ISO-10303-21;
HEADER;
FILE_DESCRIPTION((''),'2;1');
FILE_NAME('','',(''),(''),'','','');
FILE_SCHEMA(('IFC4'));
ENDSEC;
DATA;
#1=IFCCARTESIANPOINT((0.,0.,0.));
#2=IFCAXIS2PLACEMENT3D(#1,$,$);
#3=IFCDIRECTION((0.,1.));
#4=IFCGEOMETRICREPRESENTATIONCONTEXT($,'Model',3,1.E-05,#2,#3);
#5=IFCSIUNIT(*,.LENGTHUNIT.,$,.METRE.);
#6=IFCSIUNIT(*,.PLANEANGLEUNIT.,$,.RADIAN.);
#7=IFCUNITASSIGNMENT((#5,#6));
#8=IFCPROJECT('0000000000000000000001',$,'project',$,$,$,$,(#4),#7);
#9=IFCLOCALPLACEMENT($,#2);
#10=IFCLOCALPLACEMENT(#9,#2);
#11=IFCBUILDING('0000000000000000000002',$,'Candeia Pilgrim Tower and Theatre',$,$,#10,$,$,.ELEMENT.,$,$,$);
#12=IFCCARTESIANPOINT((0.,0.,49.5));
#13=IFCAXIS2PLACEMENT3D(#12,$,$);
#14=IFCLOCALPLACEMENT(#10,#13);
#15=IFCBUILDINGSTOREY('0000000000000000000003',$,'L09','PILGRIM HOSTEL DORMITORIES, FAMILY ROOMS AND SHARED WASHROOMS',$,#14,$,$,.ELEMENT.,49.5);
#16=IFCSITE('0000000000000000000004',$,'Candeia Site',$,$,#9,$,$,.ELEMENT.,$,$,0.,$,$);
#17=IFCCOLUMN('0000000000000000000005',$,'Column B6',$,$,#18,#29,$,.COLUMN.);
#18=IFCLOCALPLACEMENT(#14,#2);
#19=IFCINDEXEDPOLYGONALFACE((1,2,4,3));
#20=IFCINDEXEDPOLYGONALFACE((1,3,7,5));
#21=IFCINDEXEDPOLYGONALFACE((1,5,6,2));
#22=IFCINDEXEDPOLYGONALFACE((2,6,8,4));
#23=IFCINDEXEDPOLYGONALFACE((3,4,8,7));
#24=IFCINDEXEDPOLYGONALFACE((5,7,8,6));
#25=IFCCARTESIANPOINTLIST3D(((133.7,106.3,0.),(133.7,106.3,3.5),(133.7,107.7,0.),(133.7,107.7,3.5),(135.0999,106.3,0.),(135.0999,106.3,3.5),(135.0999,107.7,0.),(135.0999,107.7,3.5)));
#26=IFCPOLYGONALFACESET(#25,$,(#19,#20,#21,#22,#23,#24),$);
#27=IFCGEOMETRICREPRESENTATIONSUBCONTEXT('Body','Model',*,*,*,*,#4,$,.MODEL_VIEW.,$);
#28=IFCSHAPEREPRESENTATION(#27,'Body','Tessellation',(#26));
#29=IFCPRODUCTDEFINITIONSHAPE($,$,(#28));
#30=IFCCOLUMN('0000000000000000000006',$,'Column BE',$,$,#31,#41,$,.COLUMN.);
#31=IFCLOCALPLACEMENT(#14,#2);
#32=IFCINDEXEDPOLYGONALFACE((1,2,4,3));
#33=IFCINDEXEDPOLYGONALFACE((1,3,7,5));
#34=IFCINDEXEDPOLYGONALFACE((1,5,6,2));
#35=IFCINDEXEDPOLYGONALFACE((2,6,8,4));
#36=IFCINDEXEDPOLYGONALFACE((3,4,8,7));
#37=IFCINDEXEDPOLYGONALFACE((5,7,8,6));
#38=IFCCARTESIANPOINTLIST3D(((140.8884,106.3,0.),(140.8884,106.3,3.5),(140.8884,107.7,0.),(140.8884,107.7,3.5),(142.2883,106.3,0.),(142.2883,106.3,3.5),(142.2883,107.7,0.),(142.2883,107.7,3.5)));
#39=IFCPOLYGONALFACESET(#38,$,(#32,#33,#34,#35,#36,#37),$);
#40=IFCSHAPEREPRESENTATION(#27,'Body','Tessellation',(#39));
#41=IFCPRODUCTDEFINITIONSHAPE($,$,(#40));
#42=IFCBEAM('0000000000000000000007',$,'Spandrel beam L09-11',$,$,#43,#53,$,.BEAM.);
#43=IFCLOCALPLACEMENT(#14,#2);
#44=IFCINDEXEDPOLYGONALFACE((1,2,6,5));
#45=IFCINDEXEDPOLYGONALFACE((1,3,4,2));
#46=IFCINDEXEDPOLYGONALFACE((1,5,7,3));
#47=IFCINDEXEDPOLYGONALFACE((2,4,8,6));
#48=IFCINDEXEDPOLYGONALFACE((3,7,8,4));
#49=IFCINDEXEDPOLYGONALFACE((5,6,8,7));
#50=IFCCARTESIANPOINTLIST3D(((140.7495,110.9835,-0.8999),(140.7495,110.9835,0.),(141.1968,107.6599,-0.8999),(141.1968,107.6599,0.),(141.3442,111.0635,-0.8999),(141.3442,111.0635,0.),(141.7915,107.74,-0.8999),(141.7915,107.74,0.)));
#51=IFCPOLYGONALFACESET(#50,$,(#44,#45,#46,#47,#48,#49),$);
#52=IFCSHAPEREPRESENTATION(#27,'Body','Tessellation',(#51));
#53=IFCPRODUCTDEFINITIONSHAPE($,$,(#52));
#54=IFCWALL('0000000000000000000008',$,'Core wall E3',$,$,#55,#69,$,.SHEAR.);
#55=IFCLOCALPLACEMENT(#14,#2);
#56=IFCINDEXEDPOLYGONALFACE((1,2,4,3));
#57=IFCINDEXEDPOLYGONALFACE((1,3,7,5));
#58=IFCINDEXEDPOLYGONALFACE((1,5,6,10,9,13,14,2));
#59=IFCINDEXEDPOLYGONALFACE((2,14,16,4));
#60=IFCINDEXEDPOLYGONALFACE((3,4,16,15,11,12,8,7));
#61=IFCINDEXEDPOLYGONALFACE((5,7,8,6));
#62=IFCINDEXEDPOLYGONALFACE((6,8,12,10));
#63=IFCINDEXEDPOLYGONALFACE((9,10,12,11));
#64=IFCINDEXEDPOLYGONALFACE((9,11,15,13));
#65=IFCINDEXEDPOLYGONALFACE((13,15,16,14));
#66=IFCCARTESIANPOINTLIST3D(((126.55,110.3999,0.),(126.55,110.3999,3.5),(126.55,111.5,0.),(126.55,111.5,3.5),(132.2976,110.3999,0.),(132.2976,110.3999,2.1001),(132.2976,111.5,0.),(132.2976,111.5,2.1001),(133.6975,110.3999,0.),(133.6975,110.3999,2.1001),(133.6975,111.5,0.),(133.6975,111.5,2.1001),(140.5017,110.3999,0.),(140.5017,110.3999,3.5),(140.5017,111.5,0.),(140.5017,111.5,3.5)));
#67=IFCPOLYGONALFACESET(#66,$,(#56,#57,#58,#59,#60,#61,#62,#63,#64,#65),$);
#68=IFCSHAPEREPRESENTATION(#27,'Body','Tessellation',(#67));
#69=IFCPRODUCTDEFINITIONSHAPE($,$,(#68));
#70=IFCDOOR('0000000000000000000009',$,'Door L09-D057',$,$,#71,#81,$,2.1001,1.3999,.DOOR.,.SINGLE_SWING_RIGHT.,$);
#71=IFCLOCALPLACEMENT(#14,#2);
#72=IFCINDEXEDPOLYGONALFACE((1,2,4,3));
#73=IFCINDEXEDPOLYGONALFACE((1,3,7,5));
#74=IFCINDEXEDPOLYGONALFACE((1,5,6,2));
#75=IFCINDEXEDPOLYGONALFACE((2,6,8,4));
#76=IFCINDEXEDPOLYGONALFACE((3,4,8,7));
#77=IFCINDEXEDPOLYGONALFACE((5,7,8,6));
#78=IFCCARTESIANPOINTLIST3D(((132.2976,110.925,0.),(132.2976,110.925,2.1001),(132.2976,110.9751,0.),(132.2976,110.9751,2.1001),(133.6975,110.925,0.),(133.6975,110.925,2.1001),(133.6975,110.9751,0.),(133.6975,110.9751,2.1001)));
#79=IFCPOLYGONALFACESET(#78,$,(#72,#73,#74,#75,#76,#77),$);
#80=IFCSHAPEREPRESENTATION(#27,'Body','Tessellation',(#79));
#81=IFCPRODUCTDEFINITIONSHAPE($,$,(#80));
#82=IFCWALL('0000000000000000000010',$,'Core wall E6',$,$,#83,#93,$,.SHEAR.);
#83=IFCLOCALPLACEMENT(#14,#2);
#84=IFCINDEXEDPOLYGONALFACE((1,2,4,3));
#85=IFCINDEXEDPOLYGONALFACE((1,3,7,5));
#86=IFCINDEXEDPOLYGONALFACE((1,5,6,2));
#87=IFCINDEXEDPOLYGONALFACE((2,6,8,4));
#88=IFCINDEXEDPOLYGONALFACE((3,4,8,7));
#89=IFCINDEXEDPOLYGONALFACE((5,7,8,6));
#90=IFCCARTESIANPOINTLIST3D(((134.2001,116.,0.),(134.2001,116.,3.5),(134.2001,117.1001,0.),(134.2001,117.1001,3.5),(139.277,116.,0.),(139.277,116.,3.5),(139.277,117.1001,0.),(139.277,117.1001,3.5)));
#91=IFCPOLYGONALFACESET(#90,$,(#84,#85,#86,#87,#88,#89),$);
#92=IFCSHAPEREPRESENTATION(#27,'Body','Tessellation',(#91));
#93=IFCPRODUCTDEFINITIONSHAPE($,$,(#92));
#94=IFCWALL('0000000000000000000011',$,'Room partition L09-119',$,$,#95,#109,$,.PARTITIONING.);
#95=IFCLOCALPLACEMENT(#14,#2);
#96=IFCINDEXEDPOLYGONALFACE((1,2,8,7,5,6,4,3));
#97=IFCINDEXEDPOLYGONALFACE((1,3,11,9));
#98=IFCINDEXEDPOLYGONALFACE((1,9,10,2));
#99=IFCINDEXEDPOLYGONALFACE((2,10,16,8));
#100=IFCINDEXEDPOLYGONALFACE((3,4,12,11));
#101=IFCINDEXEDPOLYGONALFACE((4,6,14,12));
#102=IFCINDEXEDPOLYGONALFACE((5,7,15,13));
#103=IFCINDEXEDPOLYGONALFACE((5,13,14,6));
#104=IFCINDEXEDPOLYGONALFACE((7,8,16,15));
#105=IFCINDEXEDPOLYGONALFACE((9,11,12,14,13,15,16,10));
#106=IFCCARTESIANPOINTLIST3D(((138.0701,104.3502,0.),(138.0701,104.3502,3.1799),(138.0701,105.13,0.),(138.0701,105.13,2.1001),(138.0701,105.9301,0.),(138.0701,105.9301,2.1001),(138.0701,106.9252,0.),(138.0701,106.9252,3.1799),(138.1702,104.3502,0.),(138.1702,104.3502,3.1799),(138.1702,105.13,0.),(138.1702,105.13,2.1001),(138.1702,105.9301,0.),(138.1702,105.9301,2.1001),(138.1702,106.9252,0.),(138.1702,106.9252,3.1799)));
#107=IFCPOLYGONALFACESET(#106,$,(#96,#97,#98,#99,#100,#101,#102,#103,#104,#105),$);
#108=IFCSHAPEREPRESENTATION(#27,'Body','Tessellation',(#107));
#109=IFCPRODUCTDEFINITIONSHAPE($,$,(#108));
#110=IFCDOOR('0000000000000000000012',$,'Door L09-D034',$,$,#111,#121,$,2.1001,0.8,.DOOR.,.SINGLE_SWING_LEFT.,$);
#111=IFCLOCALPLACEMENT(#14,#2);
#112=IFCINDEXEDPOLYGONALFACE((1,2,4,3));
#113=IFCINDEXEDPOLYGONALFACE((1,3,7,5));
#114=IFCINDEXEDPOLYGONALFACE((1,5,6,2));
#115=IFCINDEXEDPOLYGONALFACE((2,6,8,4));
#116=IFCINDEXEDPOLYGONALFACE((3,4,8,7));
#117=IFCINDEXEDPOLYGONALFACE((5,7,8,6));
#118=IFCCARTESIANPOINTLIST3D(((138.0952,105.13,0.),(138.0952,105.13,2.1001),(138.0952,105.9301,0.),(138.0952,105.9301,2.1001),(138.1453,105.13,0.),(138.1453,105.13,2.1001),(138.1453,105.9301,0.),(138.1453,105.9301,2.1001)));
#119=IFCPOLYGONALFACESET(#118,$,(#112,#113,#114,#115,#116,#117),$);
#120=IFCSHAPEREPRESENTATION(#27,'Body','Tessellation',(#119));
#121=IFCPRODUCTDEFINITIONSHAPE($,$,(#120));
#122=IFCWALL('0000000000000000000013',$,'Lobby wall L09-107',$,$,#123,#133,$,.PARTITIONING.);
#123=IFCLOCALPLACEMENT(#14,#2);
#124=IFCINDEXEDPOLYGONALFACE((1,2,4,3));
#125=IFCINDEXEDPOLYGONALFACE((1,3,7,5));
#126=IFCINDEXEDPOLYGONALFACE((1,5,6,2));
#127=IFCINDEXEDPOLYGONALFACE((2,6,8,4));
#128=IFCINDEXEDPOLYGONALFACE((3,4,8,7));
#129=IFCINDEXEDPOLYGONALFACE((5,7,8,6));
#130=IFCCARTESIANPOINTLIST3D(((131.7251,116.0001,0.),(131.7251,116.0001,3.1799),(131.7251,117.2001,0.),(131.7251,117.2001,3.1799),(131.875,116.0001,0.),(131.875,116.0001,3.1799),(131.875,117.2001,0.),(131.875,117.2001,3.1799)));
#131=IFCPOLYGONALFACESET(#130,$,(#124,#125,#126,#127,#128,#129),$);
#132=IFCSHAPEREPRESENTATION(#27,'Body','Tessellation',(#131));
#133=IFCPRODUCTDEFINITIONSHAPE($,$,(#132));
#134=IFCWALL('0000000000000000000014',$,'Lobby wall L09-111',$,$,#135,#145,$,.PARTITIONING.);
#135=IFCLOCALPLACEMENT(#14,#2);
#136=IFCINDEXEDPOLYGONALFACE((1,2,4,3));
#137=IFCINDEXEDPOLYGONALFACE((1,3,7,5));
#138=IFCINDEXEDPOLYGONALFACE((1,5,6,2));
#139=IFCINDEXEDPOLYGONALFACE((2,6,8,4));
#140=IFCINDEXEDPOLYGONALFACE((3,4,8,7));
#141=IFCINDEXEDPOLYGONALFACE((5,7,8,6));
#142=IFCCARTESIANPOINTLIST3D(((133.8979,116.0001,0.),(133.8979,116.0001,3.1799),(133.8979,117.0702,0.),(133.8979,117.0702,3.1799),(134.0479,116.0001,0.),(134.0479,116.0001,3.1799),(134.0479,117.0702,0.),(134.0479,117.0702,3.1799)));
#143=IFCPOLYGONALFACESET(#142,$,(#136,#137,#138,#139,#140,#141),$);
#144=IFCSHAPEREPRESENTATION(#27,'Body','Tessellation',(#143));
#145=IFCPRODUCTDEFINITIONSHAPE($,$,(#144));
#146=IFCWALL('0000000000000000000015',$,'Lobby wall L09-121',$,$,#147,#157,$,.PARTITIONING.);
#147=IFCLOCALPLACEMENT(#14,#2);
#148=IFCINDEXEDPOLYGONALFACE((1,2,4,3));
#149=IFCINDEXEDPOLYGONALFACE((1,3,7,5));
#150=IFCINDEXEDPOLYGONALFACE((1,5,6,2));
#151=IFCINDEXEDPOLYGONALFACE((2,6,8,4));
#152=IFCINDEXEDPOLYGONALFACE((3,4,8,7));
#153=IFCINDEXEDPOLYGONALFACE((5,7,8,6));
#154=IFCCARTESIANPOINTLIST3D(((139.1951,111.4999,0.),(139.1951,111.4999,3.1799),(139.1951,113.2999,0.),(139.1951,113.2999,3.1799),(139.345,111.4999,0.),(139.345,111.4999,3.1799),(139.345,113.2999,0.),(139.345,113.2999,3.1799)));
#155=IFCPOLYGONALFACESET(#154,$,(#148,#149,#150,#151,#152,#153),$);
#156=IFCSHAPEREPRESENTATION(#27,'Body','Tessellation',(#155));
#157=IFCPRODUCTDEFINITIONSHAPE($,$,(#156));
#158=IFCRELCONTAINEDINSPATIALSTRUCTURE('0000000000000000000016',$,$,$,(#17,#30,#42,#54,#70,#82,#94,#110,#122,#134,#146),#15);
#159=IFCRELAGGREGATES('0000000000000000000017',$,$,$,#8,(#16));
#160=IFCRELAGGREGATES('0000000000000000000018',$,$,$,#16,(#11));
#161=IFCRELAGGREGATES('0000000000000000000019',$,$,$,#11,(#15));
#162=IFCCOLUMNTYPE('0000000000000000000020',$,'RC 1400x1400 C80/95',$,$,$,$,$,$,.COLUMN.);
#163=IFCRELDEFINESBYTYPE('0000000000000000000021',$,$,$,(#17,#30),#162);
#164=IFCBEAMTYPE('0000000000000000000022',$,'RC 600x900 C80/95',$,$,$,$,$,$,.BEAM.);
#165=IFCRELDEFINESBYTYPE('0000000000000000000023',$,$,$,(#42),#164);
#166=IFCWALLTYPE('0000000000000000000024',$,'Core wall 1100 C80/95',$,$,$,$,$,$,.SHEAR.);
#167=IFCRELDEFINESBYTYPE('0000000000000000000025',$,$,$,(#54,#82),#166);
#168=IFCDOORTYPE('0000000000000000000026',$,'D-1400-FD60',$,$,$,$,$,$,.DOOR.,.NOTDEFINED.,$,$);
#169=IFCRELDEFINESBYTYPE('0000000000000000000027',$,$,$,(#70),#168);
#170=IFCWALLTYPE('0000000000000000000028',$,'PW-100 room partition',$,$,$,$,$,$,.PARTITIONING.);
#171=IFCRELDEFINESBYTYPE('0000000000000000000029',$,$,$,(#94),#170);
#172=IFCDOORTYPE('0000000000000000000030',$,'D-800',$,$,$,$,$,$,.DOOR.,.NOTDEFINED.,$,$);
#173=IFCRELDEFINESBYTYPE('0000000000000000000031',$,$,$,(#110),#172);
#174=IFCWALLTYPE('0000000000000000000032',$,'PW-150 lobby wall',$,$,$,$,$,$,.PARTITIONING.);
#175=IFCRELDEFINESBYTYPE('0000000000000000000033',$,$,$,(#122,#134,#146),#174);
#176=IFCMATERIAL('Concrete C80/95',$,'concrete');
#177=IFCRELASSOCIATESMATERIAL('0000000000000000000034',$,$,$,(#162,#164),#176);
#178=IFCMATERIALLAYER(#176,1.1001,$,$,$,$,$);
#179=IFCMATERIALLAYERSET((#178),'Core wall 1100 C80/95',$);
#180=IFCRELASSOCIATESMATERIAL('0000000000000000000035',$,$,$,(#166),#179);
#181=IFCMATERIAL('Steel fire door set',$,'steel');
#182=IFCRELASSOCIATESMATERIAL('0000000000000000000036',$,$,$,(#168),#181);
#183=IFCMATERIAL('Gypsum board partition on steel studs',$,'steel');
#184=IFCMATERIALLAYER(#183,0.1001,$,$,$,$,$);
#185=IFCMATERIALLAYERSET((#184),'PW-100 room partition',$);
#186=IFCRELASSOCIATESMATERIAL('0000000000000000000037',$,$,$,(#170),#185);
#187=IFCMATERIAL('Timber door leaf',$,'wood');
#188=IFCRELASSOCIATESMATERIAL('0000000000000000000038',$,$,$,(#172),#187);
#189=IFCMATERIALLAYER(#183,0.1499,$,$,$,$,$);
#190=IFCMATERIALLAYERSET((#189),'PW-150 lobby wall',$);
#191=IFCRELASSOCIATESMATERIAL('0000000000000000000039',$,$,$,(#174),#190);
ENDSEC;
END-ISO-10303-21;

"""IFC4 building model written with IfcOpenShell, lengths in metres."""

from ifc_helpers import new_model, si_unit, direction, frame, frame_2d, origin, origin_2d, place, context, subcontext, project, spatial, rectangle, extrude, material, layer, layer_set, material_profile, profile_set, type_object, element, fill, save


model = new_model("IFC4")

# Units and contexts
model_context = context("Model", 3, precision=1e-05, world=origin(), true_north=direction((0.0, 1.0)))
body_context = subcontext(model_context, "Body", "Model", "MODEL_VIEW")
ifc_project = project(units=[si_unit("LENGTHUNIT", "METRE"), si_unit("PLANEANGLEUNIT", "RADIAN")], contexts=[model_context])

# Site, building, storey
site_placement = place(None, origin())
site = spatial("IfcSite", under=ifc_project, at=site_placement, Name="Candeia Site", CompositionType="ELEMENT", RefElevation=0.0)
building_placement = place(site_placement, origin())
building = spatial("IfcBuilding", under=site, at=building_placement, Name="Candeia Pilgrim Tower and Theatre", CompositionType="ELEMENT")
storey_placement = place(building_placement, frame((0.0, 0.0, 49.5)))
storey = spatial("IfcBuildingStorey", under=building, at=storey_placement, Name="L09", Description="PILGRIM HOSTEL DORMITORIES, FAMILY ROOMS AND SHARED WASHROOMS", CompositionType="ELEMENT", Elevation=49.5)

# Columns
ifc_material_1 = material(Name="Concrete C80/95", Category="concrete")
ifc_material_profile_1 = material_profile(ifc_material_1, rectangle(XDim=1.3999, YDim=1.3999, at=origin_2d()))
ifc_profile_set_1 = profile_set([ifc_material_profile_1], Name="Concrete C80/95")
column_type = type_object("IfcColumnType", Name="RC 1400x1400 C80/95", PredefinedType="COLUMN", material=ifc_profile_set_1)
for number, where, z_axis, x_axis, name in (
    (1, (134.3999, 107.0, 0.0), (0.0, 0.0, 1.0), (1.0, 0.0, 0.0), "Column B6"),
    (2, (141.5884, 107.0, 0.0), (0.0, 0.0, 1.0), (1.0, 0.0, 0.0), "Column BE"),
):
    element("IfcColumn", number, at=place(storey_placement, frame(where, z_axis=z_axis, x_axis=x_axis)), inside=storey, type_object=column_type, Name=name, PredefinedType="COLUMN", context=body_context, shape_type="SweptSolid", body=[
        extrude(rectangle(XDim=1.3999, YDim=1.3999, at=origin_2d()), origin(), (0.0, 0.0, 1.0), 3.5),
    ])

# Beam
ifc_material_profile_2 = material_profile(ifc_material_1, rectangle(XDim=0.6001, YDim=0.8999, at=origin_2d()))
ifc_profile_set_2 = profile_set([ifc_material_profile_2], Name="Concrete C80/95")
beam_type = type_object("IfcBeamType", Name="RC 600x900 C80/95", PredefinedType="BEAM", material=ifc_profile_set_2)
beam_placement = place(storey_placement, frame((141.4941, 107.7, -0.45), z_axis=(-0.133375, 0.991066, 0.0), x_axis=(-0.991066, -0.133375, 0.0)))
element("IfcBeam", 3, at=beam_placement, inside=storey, type_object=beam_type, Name="Spandrel beam L09-11", PredefinedType="BEAM", context=body_context, shape_type="SweptSolid", body=[
    extrude(rectangle(XDim=0.6001, YDim=0.8999, at=origin_2d()), origin(), (0.0, 0.0, 1.0), 3.3535),
])

# Wall, opening, door
ifc_layer_1 = layer(ifc_material_1, 1.1001)
ifc_layer_set_1 = layer_set([ifc_layer_1], Name="Core wall 1100 C80/95")
wall_type_1 = type_object("IfcWallType", Name="Core wall 1100 C80/95", PredefinedType="SHEAR", material=ifc_layer_set_1)
wall_1_placement = place(storey_placement, frame((140.5017, 110.95, 0.0), z_axis=(0.0, 0.0, 1.0), x_axis=(-1.0, 0.0, 0.0)))
wall_1 = element("IfcWall", 4, at=wall_1_placement, inside=storey, type_object=wall_type_1, Name="Core wall E3", PredefinedType="SHEAR", context=body_context, shape_type="SweptSolid", body=[
    extrude(rectangle(XDim=13.9517, YDim=1.1001, at=frame_2d((6.9758, 0.0))), origin(), (0.0, 0.0, 1.0), 3.5),
])
opening_1_placement = place(wall_1_placement, frame((6.8042, 0.0, 0.0)))
opening_1 = element("IfcOpeningElement", 5, at=opening_1_placement, cuts=wall_1, PredefinedType="OPENING", context=body_context, shape_type="SweptSolid", body=[
    extrude(rectangle(XDim=1.3999, YDim=2.1001, at=frame_2d((0.7, 1.05))), frame((0.0, 0.5601, 0.0), z_axis=(0.0, -1.0, 0.0), x_axis=(1.0, 0.0, 0.0)), (0.0, 0.0, 1.0), 1.1201),
])
ifc_material_2 = material(Name="Steel fire door set", Category="steel")
door_type_1 = type_object("IfcDoorType", Name="D-1400-FD60", OperationType="NOTDEFINED", PredefinedType="DOOR", material=ifc_material_2)
door_1_placement = place(opening_1_placement, origin())
door_1 = element("IfcDoor", 6, at=door_1_placement, inside=storey, type_object=door_type_1, Name="Door L09-D057", OperationType="SINGLE_SWING_RIGHT", OverallHeight=2.1001, OverallWidth=1.3999, PredefinedType="DOOR", context=body_context, shape_type="SweptSolid", body=[
    extrude(rectangle(XDim=1.3999, YDim=2.1001, at=frame_2d((0.7, 1.05))), frame((0.0, 0.0249, 0.0), z_axis=(0.0, -1.0, 0.0), x_axis=(1.0, 0.0, 0.0)), (0.0, 0.0, 1.0), 0.05),
])
fill(opening_1, door_1)

# Wall
wall_2_placement = place(storey_placement, frame((134.2, 116.55, 0.0), z_axis=(0.0, 0.0, 1.0), x_axis=(1.0, 0.0, 0.0)))
element("IfcWall", 7, at=wall_2_placement, inside=storey, type_object=wall_type_1, Name="Core wall E6", PredefinedType="SHEAR", context=body_context, shape_type="SweptSolid", body=[
    extrude(rectangle(XDim=5.0769, YDim=1.1001, at=frame_2d((2.5386, 0.0))), origin(), (0.0, 0.0, 1.0), 3.5),
])

# Wall, opening, door
ifc_material_3 = material(Name="Gypsum board partition on steel studs", Category="steel")
ifc_layer_2 = layer(ifc_material_3, 0.1001)
ifc_layer_set_2 = layer_set([ifc_layer_2], Name="PW-100 room partition")
wall_type_2 = type_object("IfcWallType", Name="PW-100 room partition", PredefinedType="PARTITIONING", material=ifc_layer_set_2)
wall_3_placement = place(storey_placement, frame((138.1201, 104.3501, 0.0), z_axis=(0.0, 0.0, 1.0), x_axis=(0.0, 1.0, 0.0)))
wall_3 = element("IfcWall", 8, at=wall_3_placement, inside=storey, type_object=wall_type_2, Name="Room partition L09-119", PredefinedType="PARTITIONING", context=body_context, shape_type="SweptSolid", body=[
    extrude(rectangle(XDim=2.575, YDim=0.1001, at=frame_2d((1.2876, 0.0))), origin(), (0.0, 0.0, 1.0), 3.1799),
])
opening_2_placement = place(wall_3_placement, frame((0.78, 0.0, 0.0)))
opening_2 = element("IfcOpeningElement", 9, at=opening_2_placement, cuts=wall_3, PredefinedType="OPENING", context=body_context, shape_type="SweptSolid", body=[
    extrude(rectangle(XDim=0.8, YDim=2.1001, at=frame_2d((0.3999, 1.05))), frame((0.0, 0.0601, 0.0), z_axis=(0.0, -1.0, 0.0), x_axis=(1.0, 0.0, 0.0)), (0.0, 0.0, 1.0), 0.1201),
])
ifc_material_4 = material(Name="Timber door leaf", Category="wood")
door_type_2 = type_object("IfcDoorType", Name="D-800", OperationType="NOTDEFINED", PredefinedType="DOOR", material=ifc_material_4)
door_2_placement = place(opening_2_placement, origin())
door_2 = element("IfcDoor", 10, at=door_2_placement, inside=storey, type_object=door_type_2, Name="Door L09-D034", OperationType="SINGLE_SWING_LEFT", OverallHeight=2.1001, OverallWidth=0.8, PredefinedType="DOOR", context=body_context, shape_type="SweptSolid", body=[
    extrude(rectangle(XDim=0.8, YDim=2.1001, at=frame_2d((0.3999, 1.05))), frame((0.0, 0.0249, 0.0), z_axis=(0.0, -1.0, 0.0), x_axis=(1.0, 0.0, 0.0)), (0.0, 0.0, 1.0), 0.05),
])
fill(opening_2, door_2)

# Walls
ifc_layer_3 = layer(ifc_material_3, 0.1499)
ifc_layer_set_3 = layer_set([ifc_layer_3], Name="PW-150 lobby wall")
wall_type_3 = type_object("IfcWallType", Name="PW-150 lobby wall", PredefinedType="PARTITIONING", material=ifc_layer_set_3)
wall_4_placement = place(storey_placement, frame((131.8, 116.0, 0.0), z_axis=(0.0, 0.0, 1.0), x_axis=(0.0, 1.0, 0.0)))
element("IfcWall", 11, at=wall_4_placement, inside=storey, type_object=wall_type_3, Name="Lobby wall L09-107", PredefinedType="PARTITIONING", context=body_context, shape_type="SweptSolid", body=[
    extrude(rectangle(XDim=1.2, YDim=0.1499, at=frame_2d((0.6001, 0.0))), origin(), (0.0, 0.0, 1.0), 3.1799),
])
wall_5_placement = place(storey_placement, frame((133.9729, 116.0, 0.0), z_axis=(0.0, 0.0, 1.0), x_axis=(0.0, 1.0, 0.0)))
element("IfcWall", 12, at=wall_5_placement, inside=storey, type_object=wall_type_3, Name="Lobby wall L09-111", PredefinedType="PARTITIONING", context=body_context, shape_type="SweptSolid", body=[
    extrude(rectangle(XDim=1.0701, YDim=0.1499, at=frame_2d((0.5352, 0.0))), origin(), (0.0, 0.0, 1.0), 3.1799),
])
wall_6_placement = place(storey_placement, frame((139.27, 111.5, 0.0), z_axis=(0.0, 0.0, 1.0), x_axis=(0.0, 1.0, 0.0)))
element("IfcWall", 13, at=wall_6_placement, inside=storey, type_object=wall_type_3, Name="Lobby wall L09-121", PredefinedType="PARTITIONING", context=body_context, shape_type="SweptSolid", body=[
    extrude(rectangle(XDim=1.8, YDim=0.1499, at=frame_2d((0.8999, 0.0))), origin(), (0.0, 0.0, 1.0), 3.1799),
])

save(model, "model.ifc")
